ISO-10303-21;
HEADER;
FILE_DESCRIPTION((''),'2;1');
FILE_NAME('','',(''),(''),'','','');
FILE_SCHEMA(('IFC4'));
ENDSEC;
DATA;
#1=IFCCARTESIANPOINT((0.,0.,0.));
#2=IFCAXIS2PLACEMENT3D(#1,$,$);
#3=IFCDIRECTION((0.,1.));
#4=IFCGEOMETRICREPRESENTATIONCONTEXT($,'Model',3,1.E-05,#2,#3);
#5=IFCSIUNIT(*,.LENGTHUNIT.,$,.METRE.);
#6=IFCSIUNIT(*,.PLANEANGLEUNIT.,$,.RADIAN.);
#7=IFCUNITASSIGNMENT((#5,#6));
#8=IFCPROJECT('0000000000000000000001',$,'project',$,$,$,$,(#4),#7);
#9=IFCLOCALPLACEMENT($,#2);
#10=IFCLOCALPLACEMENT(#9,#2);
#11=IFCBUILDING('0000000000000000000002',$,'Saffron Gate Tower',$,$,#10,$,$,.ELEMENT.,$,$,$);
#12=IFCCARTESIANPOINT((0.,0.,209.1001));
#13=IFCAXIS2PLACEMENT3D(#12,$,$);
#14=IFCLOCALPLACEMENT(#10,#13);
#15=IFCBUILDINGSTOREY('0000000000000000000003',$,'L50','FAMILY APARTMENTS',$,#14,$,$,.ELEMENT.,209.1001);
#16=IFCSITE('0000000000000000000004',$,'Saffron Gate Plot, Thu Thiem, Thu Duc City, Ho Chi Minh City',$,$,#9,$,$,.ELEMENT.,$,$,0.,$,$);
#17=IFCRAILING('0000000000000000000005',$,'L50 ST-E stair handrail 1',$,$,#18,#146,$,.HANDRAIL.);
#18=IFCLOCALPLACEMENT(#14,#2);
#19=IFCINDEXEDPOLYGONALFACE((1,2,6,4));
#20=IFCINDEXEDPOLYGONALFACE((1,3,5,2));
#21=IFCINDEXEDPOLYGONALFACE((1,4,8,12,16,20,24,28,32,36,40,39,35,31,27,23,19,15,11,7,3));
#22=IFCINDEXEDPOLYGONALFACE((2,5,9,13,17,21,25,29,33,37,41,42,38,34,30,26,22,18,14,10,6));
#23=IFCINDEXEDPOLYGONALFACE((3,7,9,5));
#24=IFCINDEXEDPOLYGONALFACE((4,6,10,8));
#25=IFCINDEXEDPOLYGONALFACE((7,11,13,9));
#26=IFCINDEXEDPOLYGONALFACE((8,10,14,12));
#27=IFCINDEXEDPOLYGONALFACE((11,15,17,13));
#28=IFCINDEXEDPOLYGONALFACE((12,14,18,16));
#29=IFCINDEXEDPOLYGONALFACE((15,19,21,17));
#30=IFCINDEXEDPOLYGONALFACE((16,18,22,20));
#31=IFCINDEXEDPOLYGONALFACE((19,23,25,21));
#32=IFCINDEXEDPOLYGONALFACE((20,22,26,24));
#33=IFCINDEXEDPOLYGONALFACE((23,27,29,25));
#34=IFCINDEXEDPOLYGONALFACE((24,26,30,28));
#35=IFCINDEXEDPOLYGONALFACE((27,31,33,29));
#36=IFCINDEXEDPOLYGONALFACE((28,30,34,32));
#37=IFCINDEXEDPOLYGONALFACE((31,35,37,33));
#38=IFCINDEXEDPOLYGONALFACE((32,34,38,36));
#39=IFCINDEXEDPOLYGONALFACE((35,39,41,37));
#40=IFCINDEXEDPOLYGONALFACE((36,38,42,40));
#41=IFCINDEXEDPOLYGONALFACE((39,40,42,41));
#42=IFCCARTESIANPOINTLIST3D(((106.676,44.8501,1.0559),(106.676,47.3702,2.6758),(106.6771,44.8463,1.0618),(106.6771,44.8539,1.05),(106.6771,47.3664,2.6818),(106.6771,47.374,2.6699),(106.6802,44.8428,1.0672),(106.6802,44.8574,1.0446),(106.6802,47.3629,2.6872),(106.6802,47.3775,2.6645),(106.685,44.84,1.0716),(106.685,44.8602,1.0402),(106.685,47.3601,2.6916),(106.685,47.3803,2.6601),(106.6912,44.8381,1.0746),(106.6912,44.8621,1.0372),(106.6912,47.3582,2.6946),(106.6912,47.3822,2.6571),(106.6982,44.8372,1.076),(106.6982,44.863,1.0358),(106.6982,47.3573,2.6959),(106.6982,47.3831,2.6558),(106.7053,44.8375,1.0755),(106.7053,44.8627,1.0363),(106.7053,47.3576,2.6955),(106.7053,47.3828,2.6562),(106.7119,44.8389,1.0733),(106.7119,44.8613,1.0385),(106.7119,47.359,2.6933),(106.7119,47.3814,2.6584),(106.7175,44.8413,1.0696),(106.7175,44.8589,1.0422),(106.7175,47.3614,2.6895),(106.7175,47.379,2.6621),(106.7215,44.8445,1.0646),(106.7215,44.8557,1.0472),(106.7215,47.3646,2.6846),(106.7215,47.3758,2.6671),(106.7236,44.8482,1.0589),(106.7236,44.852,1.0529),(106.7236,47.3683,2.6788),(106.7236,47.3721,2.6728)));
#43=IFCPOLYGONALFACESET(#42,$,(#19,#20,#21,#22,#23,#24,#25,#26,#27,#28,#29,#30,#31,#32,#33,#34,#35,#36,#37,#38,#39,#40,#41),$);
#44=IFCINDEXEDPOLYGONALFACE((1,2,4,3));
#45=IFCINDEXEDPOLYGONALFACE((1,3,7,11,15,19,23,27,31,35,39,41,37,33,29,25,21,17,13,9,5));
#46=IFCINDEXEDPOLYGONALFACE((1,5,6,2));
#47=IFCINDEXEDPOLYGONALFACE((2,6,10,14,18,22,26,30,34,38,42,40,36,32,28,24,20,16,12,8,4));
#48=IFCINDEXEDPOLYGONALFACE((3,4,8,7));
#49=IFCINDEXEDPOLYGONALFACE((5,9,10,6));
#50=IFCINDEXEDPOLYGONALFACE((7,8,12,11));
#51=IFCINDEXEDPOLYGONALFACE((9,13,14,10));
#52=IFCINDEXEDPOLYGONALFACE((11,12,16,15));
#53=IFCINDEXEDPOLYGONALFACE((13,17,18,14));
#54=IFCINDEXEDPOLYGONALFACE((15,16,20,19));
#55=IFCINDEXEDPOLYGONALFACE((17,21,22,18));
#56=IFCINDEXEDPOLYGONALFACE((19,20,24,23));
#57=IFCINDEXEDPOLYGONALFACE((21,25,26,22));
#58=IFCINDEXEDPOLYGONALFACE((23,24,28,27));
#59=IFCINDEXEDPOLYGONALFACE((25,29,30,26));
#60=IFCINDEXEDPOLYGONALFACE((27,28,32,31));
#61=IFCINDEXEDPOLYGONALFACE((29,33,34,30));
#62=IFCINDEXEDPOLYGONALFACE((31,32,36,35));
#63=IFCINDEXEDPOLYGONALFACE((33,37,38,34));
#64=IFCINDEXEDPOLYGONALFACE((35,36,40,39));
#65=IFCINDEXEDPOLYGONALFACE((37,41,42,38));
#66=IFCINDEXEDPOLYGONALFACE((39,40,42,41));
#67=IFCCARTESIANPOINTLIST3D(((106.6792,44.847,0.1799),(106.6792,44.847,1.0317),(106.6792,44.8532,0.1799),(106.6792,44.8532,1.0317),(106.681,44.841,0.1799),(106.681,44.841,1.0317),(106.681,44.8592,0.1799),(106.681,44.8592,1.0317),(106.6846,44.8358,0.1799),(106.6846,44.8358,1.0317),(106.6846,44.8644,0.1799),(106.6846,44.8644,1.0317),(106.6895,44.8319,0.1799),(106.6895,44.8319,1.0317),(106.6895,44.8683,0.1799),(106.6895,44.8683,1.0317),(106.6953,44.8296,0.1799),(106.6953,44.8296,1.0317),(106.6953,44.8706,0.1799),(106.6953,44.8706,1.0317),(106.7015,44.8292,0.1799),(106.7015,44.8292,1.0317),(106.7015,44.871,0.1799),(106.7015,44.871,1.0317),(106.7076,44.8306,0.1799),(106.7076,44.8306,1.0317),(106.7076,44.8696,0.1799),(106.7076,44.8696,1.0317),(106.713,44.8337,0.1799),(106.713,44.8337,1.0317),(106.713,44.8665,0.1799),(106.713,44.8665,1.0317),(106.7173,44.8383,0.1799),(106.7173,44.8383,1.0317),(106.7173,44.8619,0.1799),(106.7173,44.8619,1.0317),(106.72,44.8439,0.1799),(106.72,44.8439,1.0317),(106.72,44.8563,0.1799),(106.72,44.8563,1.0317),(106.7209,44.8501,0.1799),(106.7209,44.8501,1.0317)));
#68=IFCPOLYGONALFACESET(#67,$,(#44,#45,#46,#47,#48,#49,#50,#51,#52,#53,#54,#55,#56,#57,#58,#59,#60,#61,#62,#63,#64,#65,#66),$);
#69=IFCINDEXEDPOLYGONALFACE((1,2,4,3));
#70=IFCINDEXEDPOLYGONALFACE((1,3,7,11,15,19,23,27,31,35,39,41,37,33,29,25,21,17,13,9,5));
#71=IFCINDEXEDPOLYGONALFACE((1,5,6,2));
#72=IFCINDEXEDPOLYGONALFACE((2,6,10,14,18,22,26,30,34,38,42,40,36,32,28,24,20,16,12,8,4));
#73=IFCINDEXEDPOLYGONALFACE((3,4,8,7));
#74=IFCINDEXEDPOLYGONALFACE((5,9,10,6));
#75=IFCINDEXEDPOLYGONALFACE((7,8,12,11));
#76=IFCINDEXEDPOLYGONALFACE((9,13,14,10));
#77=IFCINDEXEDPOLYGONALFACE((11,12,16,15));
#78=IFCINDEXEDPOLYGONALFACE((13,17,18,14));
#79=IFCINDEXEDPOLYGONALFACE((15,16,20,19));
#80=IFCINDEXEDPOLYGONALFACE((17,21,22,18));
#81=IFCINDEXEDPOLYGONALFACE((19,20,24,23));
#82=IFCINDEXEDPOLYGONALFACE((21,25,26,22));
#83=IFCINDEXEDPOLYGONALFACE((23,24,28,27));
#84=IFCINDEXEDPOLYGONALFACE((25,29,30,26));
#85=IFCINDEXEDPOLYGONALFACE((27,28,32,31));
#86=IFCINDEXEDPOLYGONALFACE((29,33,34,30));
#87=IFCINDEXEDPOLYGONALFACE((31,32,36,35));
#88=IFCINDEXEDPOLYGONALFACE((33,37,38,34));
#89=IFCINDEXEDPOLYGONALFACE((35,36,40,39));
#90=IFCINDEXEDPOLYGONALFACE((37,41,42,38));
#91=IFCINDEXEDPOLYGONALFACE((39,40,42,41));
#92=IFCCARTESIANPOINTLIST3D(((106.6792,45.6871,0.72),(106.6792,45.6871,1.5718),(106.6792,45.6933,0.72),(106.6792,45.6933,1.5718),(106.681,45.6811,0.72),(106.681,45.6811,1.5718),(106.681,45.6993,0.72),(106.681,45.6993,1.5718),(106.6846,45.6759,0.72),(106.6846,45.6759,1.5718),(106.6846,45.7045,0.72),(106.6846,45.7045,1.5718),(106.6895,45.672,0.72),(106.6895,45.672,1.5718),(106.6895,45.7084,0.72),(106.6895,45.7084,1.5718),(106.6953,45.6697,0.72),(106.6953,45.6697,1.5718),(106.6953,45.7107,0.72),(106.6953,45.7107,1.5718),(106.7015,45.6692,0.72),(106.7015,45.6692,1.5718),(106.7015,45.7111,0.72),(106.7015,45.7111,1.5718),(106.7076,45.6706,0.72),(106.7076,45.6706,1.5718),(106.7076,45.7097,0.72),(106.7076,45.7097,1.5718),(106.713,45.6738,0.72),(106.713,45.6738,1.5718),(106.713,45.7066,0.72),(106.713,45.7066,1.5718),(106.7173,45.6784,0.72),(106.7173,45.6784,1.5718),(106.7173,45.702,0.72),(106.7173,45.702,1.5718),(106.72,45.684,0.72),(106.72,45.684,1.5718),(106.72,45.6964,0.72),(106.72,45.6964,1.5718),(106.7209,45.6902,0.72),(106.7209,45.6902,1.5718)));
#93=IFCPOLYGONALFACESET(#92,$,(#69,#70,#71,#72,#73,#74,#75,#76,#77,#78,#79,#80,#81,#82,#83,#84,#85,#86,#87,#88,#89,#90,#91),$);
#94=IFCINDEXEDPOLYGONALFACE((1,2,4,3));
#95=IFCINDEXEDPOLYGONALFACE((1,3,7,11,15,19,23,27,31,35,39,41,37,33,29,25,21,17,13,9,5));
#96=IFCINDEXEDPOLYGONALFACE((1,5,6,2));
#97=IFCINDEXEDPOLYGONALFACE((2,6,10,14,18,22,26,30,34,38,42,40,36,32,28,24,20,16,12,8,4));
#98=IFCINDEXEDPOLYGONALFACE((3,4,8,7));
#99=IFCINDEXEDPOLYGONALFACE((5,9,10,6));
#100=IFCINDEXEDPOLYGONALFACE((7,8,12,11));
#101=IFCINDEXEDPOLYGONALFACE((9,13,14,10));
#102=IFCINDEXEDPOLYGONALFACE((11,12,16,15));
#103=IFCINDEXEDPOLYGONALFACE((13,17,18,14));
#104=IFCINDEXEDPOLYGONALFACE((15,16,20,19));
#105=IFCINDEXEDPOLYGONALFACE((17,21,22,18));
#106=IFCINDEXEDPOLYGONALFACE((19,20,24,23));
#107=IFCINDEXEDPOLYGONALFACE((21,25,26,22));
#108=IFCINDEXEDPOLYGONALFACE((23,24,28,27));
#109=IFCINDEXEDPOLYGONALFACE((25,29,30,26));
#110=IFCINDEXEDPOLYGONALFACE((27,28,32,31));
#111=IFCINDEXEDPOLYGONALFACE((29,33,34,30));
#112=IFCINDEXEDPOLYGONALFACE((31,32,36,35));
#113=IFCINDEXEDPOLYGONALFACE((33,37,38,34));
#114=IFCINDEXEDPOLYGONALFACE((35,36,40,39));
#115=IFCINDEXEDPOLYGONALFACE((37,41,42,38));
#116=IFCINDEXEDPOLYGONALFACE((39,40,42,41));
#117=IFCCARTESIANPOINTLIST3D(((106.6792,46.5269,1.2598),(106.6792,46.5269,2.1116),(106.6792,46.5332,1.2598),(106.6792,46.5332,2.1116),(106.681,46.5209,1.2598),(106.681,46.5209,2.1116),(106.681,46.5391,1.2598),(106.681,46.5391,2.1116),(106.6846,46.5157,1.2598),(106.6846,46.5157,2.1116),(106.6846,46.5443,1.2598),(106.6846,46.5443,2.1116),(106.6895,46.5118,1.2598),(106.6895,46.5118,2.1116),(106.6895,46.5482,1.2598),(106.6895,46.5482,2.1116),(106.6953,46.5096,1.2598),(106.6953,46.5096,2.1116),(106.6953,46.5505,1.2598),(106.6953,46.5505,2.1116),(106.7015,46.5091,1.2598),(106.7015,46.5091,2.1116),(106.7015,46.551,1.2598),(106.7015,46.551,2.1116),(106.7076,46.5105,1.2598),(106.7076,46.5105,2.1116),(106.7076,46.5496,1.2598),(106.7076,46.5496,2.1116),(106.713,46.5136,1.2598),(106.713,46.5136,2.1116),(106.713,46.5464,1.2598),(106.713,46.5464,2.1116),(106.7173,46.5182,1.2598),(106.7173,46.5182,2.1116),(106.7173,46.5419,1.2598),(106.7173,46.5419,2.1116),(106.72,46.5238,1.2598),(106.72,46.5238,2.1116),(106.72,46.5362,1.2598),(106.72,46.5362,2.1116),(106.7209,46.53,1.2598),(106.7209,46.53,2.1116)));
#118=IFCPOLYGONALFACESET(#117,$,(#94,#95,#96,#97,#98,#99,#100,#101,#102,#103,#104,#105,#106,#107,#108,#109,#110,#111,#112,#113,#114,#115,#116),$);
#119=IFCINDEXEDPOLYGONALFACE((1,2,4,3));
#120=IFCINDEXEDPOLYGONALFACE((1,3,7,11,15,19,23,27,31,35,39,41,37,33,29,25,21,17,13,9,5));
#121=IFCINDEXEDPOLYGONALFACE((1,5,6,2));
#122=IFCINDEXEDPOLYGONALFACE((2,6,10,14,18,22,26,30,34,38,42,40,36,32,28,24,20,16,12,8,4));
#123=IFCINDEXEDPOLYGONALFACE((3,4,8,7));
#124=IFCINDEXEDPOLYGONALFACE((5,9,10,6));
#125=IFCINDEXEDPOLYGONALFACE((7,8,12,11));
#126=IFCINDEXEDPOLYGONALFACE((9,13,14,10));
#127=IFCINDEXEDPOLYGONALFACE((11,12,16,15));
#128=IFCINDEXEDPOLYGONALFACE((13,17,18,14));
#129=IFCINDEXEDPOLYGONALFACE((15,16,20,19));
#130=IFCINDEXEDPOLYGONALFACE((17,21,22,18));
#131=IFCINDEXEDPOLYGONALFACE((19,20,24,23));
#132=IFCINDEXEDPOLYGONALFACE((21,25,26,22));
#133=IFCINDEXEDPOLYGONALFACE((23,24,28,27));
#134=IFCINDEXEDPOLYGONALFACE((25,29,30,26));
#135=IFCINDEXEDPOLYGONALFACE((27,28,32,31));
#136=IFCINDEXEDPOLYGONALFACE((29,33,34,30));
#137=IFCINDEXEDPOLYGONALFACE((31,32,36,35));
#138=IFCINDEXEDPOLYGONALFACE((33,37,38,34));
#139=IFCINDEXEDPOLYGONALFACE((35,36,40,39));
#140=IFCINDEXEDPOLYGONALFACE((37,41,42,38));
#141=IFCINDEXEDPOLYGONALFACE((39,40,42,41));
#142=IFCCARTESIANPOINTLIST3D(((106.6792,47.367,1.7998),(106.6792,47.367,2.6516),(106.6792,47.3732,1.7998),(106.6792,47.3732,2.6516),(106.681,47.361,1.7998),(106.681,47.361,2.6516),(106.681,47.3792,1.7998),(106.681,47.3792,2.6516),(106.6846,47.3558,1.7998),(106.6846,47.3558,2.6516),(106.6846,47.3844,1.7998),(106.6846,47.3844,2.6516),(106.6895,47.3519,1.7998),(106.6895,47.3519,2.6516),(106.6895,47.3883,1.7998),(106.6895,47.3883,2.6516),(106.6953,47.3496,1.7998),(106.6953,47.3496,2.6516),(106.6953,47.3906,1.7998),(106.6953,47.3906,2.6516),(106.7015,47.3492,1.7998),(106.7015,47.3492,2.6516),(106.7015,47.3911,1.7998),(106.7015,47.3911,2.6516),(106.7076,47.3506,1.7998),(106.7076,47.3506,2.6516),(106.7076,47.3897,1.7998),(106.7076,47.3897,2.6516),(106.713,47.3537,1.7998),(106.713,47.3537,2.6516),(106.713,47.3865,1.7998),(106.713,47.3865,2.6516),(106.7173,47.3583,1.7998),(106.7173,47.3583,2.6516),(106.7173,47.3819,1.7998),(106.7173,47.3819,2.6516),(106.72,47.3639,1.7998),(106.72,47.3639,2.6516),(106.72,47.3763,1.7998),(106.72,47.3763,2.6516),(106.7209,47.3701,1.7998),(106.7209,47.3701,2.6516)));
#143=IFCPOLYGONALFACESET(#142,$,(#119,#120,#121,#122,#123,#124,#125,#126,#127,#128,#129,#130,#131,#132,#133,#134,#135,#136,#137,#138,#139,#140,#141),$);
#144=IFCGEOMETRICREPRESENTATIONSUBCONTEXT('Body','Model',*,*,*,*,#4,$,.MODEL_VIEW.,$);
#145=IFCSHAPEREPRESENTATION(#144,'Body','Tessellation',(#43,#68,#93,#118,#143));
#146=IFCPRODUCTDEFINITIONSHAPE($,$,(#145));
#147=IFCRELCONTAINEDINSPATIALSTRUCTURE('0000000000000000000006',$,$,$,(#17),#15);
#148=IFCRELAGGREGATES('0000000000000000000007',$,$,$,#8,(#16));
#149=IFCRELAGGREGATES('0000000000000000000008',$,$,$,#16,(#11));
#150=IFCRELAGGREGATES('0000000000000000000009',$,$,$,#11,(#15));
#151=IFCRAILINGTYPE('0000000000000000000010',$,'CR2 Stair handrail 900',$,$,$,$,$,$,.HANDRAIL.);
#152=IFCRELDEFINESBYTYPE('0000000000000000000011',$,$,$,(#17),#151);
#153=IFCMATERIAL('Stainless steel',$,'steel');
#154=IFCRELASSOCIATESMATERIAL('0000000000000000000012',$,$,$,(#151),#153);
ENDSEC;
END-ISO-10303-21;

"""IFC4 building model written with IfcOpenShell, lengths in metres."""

from ifc_helpers import new_model, si_unit, direction, frame, origin, origin_2d, place, context, subcontext, project, spatial, circle, extrude, material, type_object, element, save


model = new_model("IFC4")

# Units and contexts
model_context = context("Model", 3, precision=1e-05, world=origin(), true_north=direction((0.0, 1.0)))
body_context = subcontext(model_context, "Body", "Model", "MODEL_VIEW")
ifc_project = project(units=[si_unit("LENGTHUNIT", "METRE"), si_unit("PLANEANGLEUNIT", "RADIAN")], contexts=[model_context])

# Site, building, storey
site_placement = place(None, origin())
site = spatial("IfcSite", under=ifc_project, at=site_placement, Name="Saffron Gate Plot, Thu Thiem, Thu Duc City, Ho Chi Minh City", CompositionType="ELEMENT", RefElevation=0.0)
building_placement = place(site_placement, origin())
building = spatial("IfcBuilding", under=site, at=building_placement, Name="Saffron Gate Tower", CompositionType="ELEMENT")
storey_placement = place(building_placement, frame((0.0, 0.0, 209.1001)))
storey = spatial("IfcBuildingStorey", under=building, at=storey_placement, Name="L50", Description="FAMILY APARTMENTS", CompositionType="ELEMENT", Elevation=209.1001)

# Railing
ifc_material_1 = material(Name="Stainless steel", Category="steel")
railing_type_1 = type_object("IfcRailingType", Name="CR2 Stair handrail 900", PredefinedType="HANDRAIL", material=ifc_material_1)
railing_1_placement = place(storey_placement, frame((106.7, 44.8501, 0.1799)))
element("IfcRailing", 1, at=railing_1_placement, inside=storey, type_object=railing_type_1, Name="L50 ST-E stair handrail 1", PredefinedType="HANDRAIL", context=body_context, shape_type="SweptSolid", body=[
    extrude(circle(Radius=0.0239, at=origin_2d()), frame((0.0, 0.0, 0.876), z_axis=(0.0, 0.8412, 0.540725), x_axis=(-1.0, 0.0, 0.0)), (0.0, 0.0, 1.0), 2.9958),
    extrude(circle(Radius=0.021, at=origin_2d()), origin(), (0.0, 0.0, 1.0), 0.8518),
    extrude(circle(Radius=0.021, at=origin_2d()), frame((0.0, 0.8401, 0.54)), (0.0, 0.0, 1.0), 0.8518),
    extrude(circle(Radius=0.021, at=origin_2d()), frame((0.0, 1.6799, 1.0798)), (0.0, 0.0, 1.0), 0.8518),
    extrude(circle(Radius=0.021, at=origin_2d()), frame((0.0, 2.52, 1.6199)), (0.0, 0.0, 1.0), 0.8518),
])

save(model, "model.ifc")
